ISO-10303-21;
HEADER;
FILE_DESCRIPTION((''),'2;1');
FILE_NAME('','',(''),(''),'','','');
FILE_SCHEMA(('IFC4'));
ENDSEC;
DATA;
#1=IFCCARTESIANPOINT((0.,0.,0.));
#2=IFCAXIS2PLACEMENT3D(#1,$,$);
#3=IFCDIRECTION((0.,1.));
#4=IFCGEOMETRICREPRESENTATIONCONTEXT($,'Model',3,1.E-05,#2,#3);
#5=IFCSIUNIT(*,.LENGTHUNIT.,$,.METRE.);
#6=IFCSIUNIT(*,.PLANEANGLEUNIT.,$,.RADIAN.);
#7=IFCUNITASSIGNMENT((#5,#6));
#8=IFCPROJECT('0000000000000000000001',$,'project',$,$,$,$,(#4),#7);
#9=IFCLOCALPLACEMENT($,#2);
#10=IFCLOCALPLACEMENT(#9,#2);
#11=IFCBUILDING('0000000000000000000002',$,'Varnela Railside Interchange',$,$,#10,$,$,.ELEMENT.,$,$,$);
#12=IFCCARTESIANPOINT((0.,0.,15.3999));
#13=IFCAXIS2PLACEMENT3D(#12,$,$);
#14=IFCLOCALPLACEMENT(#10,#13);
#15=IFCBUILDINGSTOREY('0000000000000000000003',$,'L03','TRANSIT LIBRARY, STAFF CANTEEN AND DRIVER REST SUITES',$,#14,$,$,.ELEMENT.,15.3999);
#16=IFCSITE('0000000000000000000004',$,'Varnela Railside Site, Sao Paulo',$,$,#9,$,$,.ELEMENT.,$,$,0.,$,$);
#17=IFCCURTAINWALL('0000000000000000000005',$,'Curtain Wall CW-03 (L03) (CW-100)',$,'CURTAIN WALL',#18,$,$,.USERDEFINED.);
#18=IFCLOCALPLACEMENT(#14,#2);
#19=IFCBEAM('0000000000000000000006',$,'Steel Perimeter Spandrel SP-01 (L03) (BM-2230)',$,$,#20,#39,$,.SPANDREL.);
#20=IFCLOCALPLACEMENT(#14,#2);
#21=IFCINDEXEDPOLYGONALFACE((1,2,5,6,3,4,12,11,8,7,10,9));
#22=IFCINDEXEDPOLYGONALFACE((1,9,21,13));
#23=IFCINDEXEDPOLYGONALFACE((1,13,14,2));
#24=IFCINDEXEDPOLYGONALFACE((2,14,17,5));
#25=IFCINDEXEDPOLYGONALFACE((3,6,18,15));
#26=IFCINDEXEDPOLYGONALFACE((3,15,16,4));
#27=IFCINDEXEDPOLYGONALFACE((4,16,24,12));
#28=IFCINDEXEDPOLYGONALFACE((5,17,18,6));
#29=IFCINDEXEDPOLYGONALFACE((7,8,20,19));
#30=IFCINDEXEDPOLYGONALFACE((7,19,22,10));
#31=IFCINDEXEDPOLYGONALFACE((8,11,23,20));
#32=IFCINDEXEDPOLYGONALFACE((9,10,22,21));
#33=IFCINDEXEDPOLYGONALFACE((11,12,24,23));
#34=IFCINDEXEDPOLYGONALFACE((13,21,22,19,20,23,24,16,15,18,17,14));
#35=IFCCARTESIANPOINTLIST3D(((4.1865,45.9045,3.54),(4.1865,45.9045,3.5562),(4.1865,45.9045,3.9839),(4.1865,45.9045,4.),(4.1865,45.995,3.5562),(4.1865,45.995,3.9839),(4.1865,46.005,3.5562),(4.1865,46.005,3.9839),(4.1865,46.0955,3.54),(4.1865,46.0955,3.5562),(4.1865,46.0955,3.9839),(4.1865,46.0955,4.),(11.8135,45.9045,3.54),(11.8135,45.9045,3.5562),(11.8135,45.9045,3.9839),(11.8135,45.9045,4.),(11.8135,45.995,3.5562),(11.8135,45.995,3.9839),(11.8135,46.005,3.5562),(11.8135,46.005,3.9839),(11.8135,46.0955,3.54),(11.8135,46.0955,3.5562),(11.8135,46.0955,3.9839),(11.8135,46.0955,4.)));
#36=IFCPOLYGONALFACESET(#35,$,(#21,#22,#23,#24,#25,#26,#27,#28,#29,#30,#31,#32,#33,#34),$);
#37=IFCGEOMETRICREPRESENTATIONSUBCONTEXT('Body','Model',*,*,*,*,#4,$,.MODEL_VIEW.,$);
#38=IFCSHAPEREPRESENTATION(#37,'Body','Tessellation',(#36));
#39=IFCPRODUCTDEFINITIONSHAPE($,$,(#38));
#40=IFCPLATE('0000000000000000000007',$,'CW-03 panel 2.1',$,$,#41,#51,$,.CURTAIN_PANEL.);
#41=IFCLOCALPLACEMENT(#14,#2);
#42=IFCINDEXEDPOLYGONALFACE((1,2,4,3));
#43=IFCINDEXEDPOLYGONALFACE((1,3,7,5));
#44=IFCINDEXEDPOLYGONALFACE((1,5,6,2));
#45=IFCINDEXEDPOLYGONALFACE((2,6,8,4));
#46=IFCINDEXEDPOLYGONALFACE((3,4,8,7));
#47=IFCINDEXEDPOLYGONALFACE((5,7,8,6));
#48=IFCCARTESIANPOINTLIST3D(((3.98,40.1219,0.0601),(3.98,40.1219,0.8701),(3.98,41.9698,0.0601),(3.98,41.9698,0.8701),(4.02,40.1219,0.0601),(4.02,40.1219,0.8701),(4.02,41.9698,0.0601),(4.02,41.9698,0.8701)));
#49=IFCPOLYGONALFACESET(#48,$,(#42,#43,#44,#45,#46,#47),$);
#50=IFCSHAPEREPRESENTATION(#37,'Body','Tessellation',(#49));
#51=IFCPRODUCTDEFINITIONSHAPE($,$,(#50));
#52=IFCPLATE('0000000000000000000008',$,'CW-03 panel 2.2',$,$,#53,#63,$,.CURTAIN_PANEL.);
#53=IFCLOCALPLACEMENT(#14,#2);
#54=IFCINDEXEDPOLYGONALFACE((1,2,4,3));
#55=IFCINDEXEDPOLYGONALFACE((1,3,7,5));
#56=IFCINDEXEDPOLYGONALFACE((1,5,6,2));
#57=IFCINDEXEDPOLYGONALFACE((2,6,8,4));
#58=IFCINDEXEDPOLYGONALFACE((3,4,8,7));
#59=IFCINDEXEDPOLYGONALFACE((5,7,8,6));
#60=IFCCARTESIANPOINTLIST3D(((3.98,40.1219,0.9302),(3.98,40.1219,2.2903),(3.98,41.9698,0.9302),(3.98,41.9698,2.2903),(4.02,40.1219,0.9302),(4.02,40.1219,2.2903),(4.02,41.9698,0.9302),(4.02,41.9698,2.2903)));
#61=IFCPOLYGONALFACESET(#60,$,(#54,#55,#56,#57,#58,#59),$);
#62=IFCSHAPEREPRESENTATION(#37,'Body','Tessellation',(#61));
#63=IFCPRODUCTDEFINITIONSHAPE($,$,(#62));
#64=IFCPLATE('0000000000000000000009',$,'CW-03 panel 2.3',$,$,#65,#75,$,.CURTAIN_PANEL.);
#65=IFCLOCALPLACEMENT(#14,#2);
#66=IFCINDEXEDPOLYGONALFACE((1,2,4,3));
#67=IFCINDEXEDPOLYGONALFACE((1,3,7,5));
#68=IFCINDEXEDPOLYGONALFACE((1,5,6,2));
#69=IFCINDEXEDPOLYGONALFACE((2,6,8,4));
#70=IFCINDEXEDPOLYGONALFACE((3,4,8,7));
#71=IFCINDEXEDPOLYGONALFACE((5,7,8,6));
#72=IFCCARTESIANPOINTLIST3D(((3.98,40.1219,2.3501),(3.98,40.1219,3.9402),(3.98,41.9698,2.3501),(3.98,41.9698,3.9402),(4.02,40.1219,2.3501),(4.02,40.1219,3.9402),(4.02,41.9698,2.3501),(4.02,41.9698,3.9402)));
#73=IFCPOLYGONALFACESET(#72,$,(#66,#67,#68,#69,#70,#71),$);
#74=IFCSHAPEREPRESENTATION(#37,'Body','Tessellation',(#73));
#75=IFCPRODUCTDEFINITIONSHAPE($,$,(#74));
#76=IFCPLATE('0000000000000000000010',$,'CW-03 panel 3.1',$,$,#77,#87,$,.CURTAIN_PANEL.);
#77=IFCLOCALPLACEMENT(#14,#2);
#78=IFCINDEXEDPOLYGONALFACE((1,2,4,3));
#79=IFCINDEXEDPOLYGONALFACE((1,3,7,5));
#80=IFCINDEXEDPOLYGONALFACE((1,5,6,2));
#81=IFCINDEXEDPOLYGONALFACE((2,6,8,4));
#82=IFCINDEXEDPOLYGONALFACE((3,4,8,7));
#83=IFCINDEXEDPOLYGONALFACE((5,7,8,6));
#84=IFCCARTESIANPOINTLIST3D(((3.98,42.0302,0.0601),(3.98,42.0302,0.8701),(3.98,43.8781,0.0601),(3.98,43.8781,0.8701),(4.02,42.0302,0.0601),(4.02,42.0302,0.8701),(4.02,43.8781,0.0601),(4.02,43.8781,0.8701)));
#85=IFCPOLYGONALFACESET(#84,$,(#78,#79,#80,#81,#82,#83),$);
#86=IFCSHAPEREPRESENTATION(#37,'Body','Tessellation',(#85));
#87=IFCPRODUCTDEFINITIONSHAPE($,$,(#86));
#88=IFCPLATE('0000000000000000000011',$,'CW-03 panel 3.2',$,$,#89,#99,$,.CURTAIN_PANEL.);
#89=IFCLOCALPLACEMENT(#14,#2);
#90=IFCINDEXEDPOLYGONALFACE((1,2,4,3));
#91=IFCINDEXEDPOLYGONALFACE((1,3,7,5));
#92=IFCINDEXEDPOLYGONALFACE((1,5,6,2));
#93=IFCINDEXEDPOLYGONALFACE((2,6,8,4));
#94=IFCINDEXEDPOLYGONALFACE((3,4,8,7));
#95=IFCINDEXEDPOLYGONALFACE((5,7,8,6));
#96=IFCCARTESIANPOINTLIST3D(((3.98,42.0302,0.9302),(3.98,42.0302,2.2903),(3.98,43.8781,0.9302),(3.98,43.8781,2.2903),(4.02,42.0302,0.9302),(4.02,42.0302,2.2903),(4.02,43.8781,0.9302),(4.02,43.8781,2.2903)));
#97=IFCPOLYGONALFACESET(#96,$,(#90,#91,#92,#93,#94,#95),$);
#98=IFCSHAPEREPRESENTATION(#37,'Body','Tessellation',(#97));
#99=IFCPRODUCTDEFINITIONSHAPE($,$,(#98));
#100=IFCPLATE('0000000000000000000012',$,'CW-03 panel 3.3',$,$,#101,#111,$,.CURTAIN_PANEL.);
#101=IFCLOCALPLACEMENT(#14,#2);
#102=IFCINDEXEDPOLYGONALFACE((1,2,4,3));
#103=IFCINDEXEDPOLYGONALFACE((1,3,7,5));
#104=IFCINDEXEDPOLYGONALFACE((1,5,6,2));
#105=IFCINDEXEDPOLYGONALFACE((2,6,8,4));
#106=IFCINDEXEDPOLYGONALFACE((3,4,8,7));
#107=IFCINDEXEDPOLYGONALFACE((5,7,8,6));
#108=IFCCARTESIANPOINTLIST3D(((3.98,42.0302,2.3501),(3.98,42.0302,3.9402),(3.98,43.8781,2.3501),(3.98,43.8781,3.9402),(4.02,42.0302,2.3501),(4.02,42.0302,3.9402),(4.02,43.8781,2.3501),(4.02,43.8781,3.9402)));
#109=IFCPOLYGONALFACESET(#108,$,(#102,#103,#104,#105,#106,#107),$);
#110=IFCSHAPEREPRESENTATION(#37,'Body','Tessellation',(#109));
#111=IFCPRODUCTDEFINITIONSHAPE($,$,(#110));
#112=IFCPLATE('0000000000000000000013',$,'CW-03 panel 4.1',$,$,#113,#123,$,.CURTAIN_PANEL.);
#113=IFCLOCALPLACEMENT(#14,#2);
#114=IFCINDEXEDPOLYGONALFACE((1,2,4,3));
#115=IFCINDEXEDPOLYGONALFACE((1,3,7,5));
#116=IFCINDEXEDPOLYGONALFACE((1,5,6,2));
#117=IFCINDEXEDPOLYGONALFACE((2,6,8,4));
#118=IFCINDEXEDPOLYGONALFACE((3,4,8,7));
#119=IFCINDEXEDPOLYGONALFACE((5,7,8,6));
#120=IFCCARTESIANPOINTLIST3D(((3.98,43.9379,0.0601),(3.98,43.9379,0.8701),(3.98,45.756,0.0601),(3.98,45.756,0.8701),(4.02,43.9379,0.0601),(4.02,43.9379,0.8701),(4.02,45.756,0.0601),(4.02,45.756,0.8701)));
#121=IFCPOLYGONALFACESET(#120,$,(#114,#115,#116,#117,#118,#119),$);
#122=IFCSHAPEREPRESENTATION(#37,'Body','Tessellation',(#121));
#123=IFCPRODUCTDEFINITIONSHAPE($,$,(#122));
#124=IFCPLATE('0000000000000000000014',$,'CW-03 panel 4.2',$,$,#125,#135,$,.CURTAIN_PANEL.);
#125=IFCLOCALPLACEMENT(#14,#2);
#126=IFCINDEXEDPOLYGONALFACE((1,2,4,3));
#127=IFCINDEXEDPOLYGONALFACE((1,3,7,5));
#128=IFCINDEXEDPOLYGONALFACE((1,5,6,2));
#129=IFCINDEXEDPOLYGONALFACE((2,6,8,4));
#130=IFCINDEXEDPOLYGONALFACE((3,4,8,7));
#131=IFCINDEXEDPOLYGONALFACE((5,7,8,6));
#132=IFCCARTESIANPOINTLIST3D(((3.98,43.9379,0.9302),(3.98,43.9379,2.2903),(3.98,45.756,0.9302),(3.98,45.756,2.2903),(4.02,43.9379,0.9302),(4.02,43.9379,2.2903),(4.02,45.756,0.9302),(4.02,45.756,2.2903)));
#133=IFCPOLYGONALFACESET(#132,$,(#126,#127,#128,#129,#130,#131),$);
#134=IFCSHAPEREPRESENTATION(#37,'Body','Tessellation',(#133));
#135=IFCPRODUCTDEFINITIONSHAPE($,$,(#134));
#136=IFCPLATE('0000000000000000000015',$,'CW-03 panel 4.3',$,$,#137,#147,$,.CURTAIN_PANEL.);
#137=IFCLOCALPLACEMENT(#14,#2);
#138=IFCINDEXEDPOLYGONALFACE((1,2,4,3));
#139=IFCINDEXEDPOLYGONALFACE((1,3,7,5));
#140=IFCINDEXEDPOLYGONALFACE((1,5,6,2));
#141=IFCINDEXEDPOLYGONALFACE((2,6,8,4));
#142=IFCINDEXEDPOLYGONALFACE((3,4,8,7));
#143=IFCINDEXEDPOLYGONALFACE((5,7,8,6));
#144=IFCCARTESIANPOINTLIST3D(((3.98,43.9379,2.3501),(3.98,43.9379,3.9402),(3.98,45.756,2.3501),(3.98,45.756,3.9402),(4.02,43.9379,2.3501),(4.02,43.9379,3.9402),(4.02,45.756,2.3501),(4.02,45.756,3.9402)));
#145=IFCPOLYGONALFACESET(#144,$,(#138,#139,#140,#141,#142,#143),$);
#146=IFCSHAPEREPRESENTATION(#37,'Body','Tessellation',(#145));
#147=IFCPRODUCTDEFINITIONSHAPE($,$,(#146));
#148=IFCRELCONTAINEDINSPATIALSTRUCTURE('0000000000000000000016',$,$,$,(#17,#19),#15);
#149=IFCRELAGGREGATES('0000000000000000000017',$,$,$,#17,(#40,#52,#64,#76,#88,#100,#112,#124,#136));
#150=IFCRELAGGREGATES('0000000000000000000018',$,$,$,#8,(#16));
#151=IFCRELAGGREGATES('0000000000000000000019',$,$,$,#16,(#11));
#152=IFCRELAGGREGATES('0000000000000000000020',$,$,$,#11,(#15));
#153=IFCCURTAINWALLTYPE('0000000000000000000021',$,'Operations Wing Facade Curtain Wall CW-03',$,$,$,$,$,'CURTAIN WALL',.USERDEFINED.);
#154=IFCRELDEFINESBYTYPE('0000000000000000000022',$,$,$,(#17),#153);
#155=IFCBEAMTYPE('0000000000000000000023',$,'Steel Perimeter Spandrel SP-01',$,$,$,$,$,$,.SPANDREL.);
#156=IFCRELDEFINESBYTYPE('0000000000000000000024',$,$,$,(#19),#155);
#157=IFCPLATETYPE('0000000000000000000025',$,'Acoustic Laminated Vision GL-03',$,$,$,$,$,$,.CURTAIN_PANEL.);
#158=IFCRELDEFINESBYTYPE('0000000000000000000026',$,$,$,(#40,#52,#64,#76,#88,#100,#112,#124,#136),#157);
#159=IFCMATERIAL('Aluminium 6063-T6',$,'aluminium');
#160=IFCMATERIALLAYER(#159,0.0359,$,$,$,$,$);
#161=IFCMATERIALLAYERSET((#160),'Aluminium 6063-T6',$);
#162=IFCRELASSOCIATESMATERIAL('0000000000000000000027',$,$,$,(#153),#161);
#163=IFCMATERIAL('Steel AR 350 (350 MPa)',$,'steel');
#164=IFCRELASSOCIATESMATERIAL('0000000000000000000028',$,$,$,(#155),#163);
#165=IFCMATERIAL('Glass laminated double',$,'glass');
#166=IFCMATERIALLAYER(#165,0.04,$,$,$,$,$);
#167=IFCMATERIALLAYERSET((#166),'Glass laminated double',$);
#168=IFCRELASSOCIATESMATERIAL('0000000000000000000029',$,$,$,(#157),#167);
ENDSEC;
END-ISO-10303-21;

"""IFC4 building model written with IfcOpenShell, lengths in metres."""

from ifc_helpers import new_model, si_unit, direction, frame, origin, origin_2d, place, context, subcontext, project, spatial, rectangle, i_section, extrude, material, layer, layer_set, material_profile, profile_set, type_object, element, aggregate, save


model = new_model("IFC4")

# Units and contexts
model_context = context("Model", 3, precision=1e-05, world=origin(), true_north=direction((0.0, 1.0)))
body_context = subcontext(model_context, "Body", "Model", "MODEL_VIEW")
ifc_project = project(units=[si_unit("LENGTHUNIT", "METRE"), si_unit("PLANEANGLEUNIT", "RADIAN")], contexts=[model_context])

# Site, building, storey
site_placement = place(None, origin())
site = spatial("IfcSite", under=ifc_project, at=site_placement, Name="Varnela Railside Site, Sao Paulo", CompositionType="ELEMENT", RefElevation=0.0)
building_placement = place(site_placement, origin())
building = spatial("IfcBuilding", under=site, at=building_placement, Name="Varnela Railside Interchange", CompositionType="ELEMENT")
storey_placement = place(building_placement, frame((0.0, 0.0, 15.3999)))
storey = spatial("IfcBuildingStorey", under=building, at=storey_placement, Name="L03", Description="TRANSIT LIBRARY, STAFF CANTEEN AND DRIVER REST SUITES", CompositionType="ELEMENT", Elevation=15.3999)

# Shared definitions
ifc_material_1 = material(Name="Steel AR 350 (350 MPa)", Category="steel")

# Curtain wall
ifc_material_2 = material(Name="Aluminium 6063-T6", Category="aluminium")
ifc_layer_1 = layer(ifc_material_2, 0.0359)
ifc_layer_set_1 = layer_set([ifc_layer_1], Name="Aluminium 6063-T6")
curtain_wall_type = type_object("IfcCurtainWallType", Name="Operations Wing Facade Curtain Wall CW-03", ElementType="CURTAIN WALL", PredefinedType="USERDEFINED", material=ifc_layer_set_1)
curtain_wall_placement = place(storey_placement, origin())
curtain_wall = element("IfcCurtainWall", 1, at=curtain_wall_placement, inside=storey, type_object=curtain_wall_type, Name="Curtain Wall CW-03 (L03) (CW-100)", ObjectType="CURTAIN WALL", PredefinedType="USERDEFINED")

# Beam
ifc_material_profile_1 = material_profile(ifc_material_1, i_section(OverallWidth=0.1909, OverallDepth=0.46, WebThickness=0.01, FlangeThickness=0.0161, at=origin_2d()), Name="W460x82")
ifc_profile_set_1 = profile_set([ifc_material_profile_1], Name="Steel AR 350 (350 MPa)")
beam_type = type_object("IfcBeamType", Name="Steel Perimeter Spandrel SP-01", PredefinedType="SPANDREL", material=ifc_profile_set_1)
beam_placement = place(storey_placement, frame((4.1865, 46.0, 3.77), z_axis=(1.0, 0.0, 0.0), x_axis=(0.0, 1.0, 0.0)))
element("IfcBeam", 2, at=beam_placement, inside=storey, type_object=beam_type, Name="Steel Perimeter Spandrel SP-01 (L03) (BM-2230)", PredefinedType="SPANDREL", context=body_context, shape_type="SweptSolid", body=[
    extrude(i_section(OverallWidth=0.1909, OverallDepth=0.46, WebThickness=0.01, FlangeThickness=0.0161, at=origin_2d()), origin(), (0.0, 0.0, 1.0), 7.627),
])

# Plates
ifc_material_3 = material(Name="Glass laminated double", Category="glass")
ifc_layer_2 = layer(ifc_material_3, 0.04)
ifc_layer_set_2 = layer_set([ifc_layer_2], Name="Glass laminated double")
plate_type = type_object("IfcPlateType", Name="Acoustic Laminated Vision GL-03", PredefinedType="CURTAIN_PANEL", material=ifc_layer_set_2)
plate_1_placement = place(storey_placement, frame((4.0, 41.0459, 0.0601), z_axis=(0.0, 0.0, 1.0), x_axis=(0.0, 1.0, 0.0)))
plate_1 = element("IfcPlate", 3, at=plate_1_placement, type_object=plate_type, Name="CW-03 panel 2.1", PredefinedType="CURTAIN_PANEL", context=body_context, shape_type="SweptSolid", body=[
    extrude(rectangle(XDim=1.8479, YDim=0.04, at=origin_2d()), origin(), (0.0, 0.0, 1.0), 0.8101),
])
plate_2_placement = place(storey_placement, frame((4.0, 41.0459, 0.9302), z_axis=(0.0, 0.0, 1.0), x_axis=(0.0, 1.0, 0.0)))
plate_2 = element("IfcPlate", 4, at=plate_2_placement, type_object=plate_type, Name="CW-03 panel 2.2", PredefinedType="CURTAIN_PANEL", context=body_context, shape_type="SweptSolid", body=[
    extrude(rectangle(XDim=1.8479, YDim=0.04, at=origin_2d()), origin(), (0.0, 0.0, 1.0), 1.3601),
])
plate_3_placement = place(storey_placement, frame((4.0, 41.0459, 2.3501), z_axis=(0.0, 0.0, 1.0), x_axis=(0.0, 1.0, 0.0)))
plate_3 = element("IfcPlate", 5, at=plate_3_placement, type_object=plate_type, Name="CW-03 panel 2.3", PredefinedType="CURTAIN_PANEL", context=body_context, shape_type="SweptSolid", body=[
    extrude(rectangle(XDim=1.8479, YDim=0.04, at=origin_2d()), origin(), (0.0, 0.0, 1.0), 1.5901),
])
plate_4_placement = place(storey_placement, frame((4.0, 42.9541, 0.0601), z_axis=(0.0, 0.0, 1.0), x_axis=(0.0, 1.0, 0.0)))
plate_4 = element("IfcPlate", 6, at=plate_4_placement, type_object=plate_type, Name="CW-03 panel 3.1", PredefinedType="CURTAIN_PANEL", context=body_context, shape_type="SweptSolid", body=[
    extrude(rectangle(XDim=1.8479, YDim=0.04, at=origin_2d()), origin(), (0.0, 0.0, 1.0), 0.8101),
])
plate_5_placement = place(storey_placement, frame((4.0, 42.9541, 0.9302), z_axis=(0.0, 0.0, 1.0), x_axis=(0.0, 1.0, 0.0)))
plate_5 = element("IfcPlate", 7, at=plate_5_placement, type_object=plate_type, Name="CW-03 panel 3.2", PredefinedType="CURTAIN_PANEL", context=body_context, shape_type="SweptSolid", body=[
    extrude(rectangle(XDim=1.8479, YDim=0.04, at=origin_2d()), origin(), (0.0, 0.0, 1.0), 1.3601),
])
plate_6_placement = place(storey_placement, frame((4.0, 42.9541, 2.3501), z_axis=(0.0, 0.0, 1.0), x_axis=(0.0, 1.0, 0.0)))
plate_6 = element("IfcPlate", 8, at=plate_6_placement, type_object=plate_type, Name="CW-03 panel 3.3", PredefinedType="CURTAIN_PANEL", context=body_context, shape_type="SweptSolid", body=[
    extrude(rectangle(XDim=1.8479, YDim=0.04, at=origin_2d()), origin(), (0.0, 0.0, 1.0), 1.5901),
])
plate_7_placement = place(storey_placement, frame((4.0, 44.8469, 0.0601), z_axis=(0.0, 0.0, 1.0), x_axis=(0.0, 1.0, 0.0)))
plate_7 = element("IfcPlate", 9, at=plate_7_placement, type_object=plate_type, Name="CW-03 panel 4.1", PredefinedType="CURTAIN_PANEL", context=body_context, shape_type="SweptSolid", body=[
    extrude(rectangle(XDim=1.8181, YDim=0.04, at=origin_2d()), origin(), (0.0, 0.0, 1.0), 0.8101),
])
plate_8_placement = place(storey_placement, frame((4.0, 44.8469, 0.9302), z_axis=(0.0, 0.0, 1.0), x_axis=(0.0, 1.0, 0.0)))
plate_8 = element("IfcPlate", 10, at=plate_8_placement, type_object=plate_type, Name="CW-03 panel 4.2", PredefinedType="CURTAIN_PANEL", context=body_context, shape_type="SweptSolid", body=[
    extrude(rectangle(XDim=1.8181, YDim=0.04, at=origin_2d()), origin(), (0.0, 0.0, 1.0), 1.3601),
])
plate_9_placement = place(storey_placement, frame((4.0, 44.8469, 2.3501), z_axis=(0.0, 0.0, 1.0), x_axis=(0.0, 1.0, 0.0)))
plate_9 = element("IfcPlate", 11, at=plate_9_placement, type_object=plate_type, Name="CW-03 panel 4.3", PredefinedType="CURTAIN_PANEL", context=body_context, shape_type="SweptSolid", body=[
    extrude(rectangle(XDim=1.8181, YDim=0.04, at=origin_2d()), origin(), (0.0, 0.0, 1.0), 1.5901),
])
aggregate(curtain_wall, [plate_1, plate_2, plate_3, plate_4, plate_5, plate_6, plate_7, plate_8, plate_9])

save(model, "model.ifc")
